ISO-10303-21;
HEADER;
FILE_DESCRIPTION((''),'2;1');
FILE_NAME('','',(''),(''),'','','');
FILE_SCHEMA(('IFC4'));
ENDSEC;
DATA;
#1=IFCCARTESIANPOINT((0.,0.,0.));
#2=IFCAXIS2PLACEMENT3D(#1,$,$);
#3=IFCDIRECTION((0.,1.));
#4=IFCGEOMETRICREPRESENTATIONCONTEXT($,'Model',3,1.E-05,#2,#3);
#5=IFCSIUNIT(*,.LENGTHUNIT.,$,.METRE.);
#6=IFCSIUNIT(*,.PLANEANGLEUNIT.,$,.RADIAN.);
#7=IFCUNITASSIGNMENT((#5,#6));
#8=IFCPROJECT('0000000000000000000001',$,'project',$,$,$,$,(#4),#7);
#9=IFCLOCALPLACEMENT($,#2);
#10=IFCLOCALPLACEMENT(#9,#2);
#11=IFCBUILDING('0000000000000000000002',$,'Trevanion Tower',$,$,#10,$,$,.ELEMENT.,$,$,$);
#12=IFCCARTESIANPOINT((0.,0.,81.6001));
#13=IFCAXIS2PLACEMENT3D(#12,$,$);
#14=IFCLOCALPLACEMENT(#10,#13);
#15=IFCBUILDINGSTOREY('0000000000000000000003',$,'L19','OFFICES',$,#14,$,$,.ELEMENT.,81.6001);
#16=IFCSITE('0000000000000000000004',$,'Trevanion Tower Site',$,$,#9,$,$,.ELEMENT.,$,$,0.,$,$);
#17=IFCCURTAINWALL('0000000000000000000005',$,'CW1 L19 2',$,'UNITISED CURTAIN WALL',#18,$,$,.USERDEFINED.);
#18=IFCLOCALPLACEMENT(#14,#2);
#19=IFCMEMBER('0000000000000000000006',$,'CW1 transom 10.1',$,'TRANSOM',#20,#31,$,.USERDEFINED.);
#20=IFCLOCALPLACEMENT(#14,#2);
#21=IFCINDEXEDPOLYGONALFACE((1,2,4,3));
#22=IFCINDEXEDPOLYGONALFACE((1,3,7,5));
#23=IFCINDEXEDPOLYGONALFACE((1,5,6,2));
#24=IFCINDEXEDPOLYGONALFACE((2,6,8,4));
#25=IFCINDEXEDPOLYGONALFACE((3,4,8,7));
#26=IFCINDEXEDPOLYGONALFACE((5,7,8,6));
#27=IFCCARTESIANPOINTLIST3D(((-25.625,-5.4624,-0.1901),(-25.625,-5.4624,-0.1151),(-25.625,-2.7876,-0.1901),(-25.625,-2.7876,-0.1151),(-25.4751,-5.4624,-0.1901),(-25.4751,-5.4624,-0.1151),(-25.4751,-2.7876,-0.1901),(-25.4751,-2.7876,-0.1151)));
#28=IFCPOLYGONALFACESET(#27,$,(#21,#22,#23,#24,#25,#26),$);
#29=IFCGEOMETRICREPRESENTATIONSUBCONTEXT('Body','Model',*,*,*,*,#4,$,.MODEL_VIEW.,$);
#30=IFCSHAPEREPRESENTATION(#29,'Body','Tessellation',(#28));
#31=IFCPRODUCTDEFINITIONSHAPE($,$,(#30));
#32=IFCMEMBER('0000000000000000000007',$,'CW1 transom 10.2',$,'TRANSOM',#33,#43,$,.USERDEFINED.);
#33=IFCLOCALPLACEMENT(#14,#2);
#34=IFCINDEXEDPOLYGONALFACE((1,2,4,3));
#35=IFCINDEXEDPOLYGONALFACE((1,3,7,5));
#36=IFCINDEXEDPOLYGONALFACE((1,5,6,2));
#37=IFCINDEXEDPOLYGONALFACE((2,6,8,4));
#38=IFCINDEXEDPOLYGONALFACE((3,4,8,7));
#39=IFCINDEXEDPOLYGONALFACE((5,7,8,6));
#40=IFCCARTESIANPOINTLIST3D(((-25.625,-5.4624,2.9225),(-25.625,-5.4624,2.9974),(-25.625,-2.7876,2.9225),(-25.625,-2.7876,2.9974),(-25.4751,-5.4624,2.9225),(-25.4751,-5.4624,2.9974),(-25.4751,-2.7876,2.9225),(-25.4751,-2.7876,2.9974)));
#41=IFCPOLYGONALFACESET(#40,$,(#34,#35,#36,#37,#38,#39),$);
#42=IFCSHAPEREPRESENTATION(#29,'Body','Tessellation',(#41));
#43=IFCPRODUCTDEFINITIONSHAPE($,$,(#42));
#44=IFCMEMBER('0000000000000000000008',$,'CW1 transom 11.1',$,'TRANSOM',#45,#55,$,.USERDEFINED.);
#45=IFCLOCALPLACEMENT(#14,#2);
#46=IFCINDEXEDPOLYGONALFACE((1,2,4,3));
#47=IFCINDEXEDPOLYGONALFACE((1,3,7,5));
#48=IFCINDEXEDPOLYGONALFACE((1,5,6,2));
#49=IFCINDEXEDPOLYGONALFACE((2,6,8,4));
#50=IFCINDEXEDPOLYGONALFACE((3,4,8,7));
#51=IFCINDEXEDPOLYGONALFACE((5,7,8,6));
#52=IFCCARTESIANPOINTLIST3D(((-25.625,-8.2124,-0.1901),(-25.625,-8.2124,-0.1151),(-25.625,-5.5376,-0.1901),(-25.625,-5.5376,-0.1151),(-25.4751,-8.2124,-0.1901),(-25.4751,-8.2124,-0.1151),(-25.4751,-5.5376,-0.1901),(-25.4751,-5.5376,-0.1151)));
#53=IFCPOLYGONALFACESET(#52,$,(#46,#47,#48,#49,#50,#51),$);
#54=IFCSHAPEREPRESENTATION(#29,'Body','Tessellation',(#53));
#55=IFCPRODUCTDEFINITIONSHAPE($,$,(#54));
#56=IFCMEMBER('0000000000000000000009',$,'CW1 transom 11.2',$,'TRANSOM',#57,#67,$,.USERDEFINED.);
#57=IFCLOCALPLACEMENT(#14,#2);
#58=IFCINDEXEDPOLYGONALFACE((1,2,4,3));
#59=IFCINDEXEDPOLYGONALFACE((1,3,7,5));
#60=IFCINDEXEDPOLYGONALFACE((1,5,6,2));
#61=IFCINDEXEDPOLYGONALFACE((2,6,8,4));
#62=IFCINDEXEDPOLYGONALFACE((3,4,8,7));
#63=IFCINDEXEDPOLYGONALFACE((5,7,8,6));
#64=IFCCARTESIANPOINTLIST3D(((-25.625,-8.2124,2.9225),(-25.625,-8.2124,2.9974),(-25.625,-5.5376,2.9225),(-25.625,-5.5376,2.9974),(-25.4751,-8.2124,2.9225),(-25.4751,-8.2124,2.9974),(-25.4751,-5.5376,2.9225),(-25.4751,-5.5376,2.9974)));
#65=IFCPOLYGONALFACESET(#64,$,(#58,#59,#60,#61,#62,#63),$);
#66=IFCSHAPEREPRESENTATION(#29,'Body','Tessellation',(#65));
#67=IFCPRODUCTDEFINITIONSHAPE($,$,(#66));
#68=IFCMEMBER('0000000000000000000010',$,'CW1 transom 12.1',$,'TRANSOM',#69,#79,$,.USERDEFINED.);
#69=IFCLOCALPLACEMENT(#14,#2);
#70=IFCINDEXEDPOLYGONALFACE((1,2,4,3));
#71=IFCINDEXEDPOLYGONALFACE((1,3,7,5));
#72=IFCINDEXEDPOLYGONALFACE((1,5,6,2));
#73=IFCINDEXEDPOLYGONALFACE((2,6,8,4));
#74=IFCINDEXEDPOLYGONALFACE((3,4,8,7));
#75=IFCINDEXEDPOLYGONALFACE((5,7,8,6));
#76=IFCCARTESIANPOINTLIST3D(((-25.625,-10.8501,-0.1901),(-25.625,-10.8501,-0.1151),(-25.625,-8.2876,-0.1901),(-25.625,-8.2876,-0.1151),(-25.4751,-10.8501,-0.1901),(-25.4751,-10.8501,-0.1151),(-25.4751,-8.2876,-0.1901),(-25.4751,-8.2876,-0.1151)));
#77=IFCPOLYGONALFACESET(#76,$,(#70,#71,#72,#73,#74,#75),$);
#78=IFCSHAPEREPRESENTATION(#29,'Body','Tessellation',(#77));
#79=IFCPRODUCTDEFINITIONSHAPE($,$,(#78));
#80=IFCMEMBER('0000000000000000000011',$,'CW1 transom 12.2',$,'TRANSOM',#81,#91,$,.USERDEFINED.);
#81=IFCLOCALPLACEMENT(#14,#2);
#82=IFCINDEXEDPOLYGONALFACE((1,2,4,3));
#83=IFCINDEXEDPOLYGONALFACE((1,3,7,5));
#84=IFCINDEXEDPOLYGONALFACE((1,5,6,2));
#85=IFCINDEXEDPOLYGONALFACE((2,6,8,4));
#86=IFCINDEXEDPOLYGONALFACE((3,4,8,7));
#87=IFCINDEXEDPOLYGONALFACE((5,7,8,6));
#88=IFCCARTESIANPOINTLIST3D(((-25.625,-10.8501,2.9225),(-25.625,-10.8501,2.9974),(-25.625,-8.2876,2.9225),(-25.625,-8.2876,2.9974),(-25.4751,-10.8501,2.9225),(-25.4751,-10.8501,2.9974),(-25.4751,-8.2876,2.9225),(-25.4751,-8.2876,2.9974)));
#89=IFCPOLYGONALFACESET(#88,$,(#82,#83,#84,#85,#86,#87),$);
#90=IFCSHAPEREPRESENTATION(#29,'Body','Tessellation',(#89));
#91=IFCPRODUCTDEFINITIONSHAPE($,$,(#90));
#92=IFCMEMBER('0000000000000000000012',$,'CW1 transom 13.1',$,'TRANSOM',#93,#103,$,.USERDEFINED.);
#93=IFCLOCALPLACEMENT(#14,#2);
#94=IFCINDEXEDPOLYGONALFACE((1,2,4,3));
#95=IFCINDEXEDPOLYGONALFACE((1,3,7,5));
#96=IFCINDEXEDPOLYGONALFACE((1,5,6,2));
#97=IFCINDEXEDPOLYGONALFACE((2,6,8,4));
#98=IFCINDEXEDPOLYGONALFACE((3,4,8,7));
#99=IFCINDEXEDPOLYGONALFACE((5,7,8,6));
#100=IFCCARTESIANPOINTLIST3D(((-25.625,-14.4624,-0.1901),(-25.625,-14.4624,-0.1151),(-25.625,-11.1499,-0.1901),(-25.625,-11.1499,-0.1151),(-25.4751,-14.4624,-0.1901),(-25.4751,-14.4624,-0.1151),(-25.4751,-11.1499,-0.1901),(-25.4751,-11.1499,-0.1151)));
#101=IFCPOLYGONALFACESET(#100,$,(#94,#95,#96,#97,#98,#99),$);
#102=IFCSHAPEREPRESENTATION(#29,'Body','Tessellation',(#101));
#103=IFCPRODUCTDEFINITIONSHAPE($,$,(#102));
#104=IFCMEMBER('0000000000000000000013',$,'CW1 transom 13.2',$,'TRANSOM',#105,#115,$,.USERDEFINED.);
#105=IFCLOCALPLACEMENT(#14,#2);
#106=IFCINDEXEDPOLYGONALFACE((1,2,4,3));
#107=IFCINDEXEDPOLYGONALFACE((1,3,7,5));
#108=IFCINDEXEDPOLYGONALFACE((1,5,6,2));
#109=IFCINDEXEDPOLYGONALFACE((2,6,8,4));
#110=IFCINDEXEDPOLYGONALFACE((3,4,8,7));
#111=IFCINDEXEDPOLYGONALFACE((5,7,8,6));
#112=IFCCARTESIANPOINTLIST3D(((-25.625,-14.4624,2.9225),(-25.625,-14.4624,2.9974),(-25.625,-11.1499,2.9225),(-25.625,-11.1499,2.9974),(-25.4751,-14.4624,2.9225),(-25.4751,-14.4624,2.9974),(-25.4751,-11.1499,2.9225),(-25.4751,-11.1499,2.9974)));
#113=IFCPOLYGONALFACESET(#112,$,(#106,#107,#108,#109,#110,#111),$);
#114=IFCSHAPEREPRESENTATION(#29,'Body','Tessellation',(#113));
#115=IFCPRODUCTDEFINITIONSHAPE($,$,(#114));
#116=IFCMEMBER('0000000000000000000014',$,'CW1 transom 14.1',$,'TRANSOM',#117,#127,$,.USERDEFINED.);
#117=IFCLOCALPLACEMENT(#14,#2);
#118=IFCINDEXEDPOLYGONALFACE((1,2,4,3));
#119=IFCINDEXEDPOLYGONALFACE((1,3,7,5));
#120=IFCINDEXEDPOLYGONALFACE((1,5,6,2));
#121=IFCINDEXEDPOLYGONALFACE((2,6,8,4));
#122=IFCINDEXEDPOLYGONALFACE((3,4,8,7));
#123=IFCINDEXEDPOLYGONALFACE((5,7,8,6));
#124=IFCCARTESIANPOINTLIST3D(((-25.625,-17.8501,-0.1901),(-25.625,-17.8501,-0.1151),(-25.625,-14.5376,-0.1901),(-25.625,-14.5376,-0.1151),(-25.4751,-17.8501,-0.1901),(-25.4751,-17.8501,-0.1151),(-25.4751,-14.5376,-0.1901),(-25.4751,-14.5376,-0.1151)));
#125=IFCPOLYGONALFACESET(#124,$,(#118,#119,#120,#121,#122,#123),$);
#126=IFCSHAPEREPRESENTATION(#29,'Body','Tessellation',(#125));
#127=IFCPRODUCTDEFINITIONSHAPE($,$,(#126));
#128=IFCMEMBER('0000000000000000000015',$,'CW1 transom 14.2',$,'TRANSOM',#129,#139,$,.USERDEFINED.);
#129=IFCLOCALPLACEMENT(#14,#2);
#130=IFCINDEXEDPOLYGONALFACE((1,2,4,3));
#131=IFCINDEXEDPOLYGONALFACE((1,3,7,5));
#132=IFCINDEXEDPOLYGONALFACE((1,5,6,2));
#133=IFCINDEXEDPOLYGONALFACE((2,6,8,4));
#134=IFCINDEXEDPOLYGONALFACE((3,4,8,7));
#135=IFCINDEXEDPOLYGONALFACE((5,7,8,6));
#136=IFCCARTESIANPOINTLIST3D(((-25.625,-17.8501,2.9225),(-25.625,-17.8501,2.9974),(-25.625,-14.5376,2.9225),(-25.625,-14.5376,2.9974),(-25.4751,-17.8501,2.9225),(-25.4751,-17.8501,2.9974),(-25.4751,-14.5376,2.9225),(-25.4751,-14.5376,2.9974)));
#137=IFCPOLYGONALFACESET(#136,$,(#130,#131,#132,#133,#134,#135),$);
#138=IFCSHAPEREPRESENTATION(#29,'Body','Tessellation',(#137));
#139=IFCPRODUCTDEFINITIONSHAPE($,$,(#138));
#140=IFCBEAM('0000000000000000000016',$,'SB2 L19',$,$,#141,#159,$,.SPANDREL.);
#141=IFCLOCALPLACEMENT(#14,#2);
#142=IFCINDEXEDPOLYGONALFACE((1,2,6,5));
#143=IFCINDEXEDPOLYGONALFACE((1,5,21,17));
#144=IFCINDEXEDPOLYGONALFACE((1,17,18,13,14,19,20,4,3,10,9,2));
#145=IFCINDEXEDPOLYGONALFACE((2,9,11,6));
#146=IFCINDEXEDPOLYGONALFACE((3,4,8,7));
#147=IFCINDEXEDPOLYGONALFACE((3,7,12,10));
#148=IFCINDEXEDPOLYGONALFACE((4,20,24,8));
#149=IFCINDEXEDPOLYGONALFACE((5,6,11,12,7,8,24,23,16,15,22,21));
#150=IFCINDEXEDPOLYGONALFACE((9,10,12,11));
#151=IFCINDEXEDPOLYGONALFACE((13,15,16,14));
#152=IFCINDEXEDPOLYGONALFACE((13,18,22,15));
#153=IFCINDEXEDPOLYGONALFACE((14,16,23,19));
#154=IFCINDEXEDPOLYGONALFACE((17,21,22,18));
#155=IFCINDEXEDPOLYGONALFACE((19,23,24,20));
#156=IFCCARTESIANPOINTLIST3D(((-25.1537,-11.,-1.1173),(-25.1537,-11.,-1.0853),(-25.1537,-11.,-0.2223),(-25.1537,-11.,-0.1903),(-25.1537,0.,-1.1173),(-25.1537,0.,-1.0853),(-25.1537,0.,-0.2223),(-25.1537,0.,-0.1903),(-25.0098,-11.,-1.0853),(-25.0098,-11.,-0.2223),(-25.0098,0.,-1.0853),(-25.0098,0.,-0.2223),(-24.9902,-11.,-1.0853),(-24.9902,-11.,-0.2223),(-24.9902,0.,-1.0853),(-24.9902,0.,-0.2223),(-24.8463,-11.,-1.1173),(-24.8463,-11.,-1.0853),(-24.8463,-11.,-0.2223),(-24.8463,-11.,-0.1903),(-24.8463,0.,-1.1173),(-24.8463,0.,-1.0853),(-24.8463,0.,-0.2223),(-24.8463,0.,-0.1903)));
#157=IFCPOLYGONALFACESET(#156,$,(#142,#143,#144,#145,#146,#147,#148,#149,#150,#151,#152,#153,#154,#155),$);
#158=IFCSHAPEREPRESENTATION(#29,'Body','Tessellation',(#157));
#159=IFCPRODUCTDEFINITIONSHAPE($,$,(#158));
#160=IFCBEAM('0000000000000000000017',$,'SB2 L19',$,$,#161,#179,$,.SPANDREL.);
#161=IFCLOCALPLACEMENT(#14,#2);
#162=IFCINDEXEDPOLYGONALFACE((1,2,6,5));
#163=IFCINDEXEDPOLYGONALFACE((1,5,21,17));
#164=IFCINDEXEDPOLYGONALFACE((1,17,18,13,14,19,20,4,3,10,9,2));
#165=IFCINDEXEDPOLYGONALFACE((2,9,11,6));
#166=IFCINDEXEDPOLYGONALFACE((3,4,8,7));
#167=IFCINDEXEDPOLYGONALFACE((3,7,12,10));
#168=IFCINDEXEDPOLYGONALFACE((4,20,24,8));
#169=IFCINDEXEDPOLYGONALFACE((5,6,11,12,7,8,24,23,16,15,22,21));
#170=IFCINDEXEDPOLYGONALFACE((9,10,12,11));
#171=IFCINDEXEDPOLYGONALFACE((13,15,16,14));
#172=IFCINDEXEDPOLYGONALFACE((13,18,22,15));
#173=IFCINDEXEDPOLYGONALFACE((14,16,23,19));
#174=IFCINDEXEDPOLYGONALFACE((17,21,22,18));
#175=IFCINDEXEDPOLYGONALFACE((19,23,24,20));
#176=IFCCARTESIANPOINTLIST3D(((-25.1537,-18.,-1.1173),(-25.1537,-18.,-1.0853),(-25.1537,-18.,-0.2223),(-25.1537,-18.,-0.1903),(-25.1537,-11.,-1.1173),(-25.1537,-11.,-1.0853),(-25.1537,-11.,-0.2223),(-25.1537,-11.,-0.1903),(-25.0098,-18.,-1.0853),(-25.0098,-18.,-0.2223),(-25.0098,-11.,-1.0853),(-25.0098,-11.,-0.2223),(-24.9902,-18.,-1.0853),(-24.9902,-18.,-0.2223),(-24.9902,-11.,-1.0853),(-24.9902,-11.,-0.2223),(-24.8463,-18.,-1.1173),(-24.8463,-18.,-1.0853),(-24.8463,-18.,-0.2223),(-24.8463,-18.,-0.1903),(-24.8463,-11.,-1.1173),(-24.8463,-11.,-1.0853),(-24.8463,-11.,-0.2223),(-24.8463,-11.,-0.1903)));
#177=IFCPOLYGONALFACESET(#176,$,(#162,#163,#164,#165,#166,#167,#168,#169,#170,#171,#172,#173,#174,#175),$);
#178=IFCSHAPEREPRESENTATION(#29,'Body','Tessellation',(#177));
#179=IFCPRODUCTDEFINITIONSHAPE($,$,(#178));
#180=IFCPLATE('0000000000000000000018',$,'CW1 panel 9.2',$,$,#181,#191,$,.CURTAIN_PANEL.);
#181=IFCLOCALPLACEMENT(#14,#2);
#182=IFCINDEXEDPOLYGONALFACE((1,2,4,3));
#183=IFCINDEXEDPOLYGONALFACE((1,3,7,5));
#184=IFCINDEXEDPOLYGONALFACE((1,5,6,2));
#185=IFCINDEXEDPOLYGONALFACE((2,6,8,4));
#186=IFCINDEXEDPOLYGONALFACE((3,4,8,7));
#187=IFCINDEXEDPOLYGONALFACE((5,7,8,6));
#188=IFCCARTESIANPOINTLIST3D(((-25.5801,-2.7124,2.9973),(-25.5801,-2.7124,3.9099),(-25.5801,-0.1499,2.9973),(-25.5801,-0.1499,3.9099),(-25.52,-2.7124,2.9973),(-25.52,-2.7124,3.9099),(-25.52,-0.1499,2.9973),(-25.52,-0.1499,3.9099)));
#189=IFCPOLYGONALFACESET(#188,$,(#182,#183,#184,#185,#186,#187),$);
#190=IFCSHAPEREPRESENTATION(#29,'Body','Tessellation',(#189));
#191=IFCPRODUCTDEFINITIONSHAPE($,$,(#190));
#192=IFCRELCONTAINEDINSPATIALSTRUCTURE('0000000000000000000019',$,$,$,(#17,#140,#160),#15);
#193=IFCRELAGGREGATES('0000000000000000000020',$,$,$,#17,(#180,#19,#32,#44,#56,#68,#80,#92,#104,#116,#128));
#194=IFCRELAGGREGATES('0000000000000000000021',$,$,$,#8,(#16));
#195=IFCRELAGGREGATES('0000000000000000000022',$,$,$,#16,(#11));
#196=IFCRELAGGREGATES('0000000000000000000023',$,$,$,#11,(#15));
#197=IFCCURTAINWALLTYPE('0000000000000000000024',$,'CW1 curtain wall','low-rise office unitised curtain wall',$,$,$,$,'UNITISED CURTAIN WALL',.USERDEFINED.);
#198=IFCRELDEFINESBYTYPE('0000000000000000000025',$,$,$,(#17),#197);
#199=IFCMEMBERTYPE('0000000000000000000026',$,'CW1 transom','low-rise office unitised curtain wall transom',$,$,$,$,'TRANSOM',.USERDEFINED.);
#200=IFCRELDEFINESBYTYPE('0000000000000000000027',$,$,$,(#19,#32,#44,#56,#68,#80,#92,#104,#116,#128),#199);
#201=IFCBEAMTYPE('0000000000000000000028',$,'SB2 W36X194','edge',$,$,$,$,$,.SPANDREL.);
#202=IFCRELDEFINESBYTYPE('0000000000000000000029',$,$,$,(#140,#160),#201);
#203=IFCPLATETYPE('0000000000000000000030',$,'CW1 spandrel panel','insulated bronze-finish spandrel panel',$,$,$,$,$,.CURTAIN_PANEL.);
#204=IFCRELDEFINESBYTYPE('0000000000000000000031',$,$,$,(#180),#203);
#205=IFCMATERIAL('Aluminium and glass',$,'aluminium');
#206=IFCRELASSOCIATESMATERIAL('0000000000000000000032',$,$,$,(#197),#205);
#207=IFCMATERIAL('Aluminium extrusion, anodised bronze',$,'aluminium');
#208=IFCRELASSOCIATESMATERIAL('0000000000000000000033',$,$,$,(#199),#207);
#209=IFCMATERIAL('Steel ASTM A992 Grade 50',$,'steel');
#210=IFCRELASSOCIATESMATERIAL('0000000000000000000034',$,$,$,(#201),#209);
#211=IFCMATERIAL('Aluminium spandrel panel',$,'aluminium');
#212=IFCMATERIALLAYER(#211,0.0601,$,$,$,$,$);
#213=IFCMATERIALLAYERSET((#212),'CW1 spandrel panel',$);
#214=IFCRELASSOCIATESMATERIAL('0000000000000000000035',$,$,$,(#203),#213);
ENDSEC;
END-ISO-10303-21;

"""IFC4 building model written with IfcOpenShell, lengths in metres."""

from ifc_helpers import new_model, si_unit, direction, frame, origin, origin_2d, place, context, subcontext, project, spatial, rectangle, i_section, extrude, material, layer, layer_set, material_profile, profile_set, type_object, element, aggregate, save


model = new_model("IFC4")

# Units and contexts
model_context = context("Model", 3, precision=1e-05, world=origin(), true_north=direction((0.0, 1.0)))
body_context = subcontext(model_context, "Body", "Model", "MODEL_VIEW")
ifc_project = project(units=[si_unit("LENGTHUNIT", "METRE"), si_unit("PLANEANGLEUNIT", "RADIAN")], contexts=[model_context])

# Site, building, storey
site_placement = place(None, origin())
site = spatial("IfcSite", under=ifc_project, at=site_placement, Name="Trevanion Tower Site", CompositionType="ELEMENT", RefElevation=0.0)
building_placement = place(site_placement, origin())
building = spatial("IfcBuilding", under=site, at=building_placement, Name="Trevanion Tower", CompositionType="ELEMENT")
storey_placement = place(building_placement, frame((0.0, 0.0, 81.6001)))
storey = spatial("IfcBuildingStorey", under=building, at=storey_placement, Name="L19", Description="OFFICES", CompositionType="ELEMENT", Elevation=81.6001)

# Curtain wall, members
ifc_material_1 = material(Name="Aluminium and glass", Category="aluminium")
curtain_wall_type = type_object("IfcCurtainWallType", Name="CW1 curtain wall", Description="low-rise office unitised curtain wall", ElementType="UNITISED CURTAIN WALL", PredefinedType="USERDEFINED", material=ifc_material_1)
curtain_wall_placement = place(storey_placement, origin())
curtain_wall = element("IfcCurtainWall", 1, at=curtain_wall_placement, inside=storey, type_object=curtain_wall_type, Name="CW1 L19 2", ObjectType="UNITISED CURTAIN WALL", PredefinedType="USERDEFINED")
ifc_material_2 = material(Name="Aluminium extrusion, anodised bronze", Category="aluminium")
ifc_material_profile_1 = material_profile(ifc_material_2, rectangle(XDim=0.1499, YDim=0.075, at=origin_2d()), Name="CW1 transom")
ifc_profile_set_1 = profile_set([ifc_material_profile_1], Name="Aluminium extrusion, anodised bronze")
member_type_1 = type_object("IfcMemberType", Name="CW1 transom", Description="low-rise office unitised curtain wall transom", ElementType="TRANSOM", PredefinedType="USERDEFINED", material=ifc_profile_set_1)
member_1_placement = place(storey_placement, frame((-25.55, -2.7876, -0.1526), z_axis=(0.0, -1.0, 0.0), x_axis=(1.0, 0.0, 0.0)))
member_1 = element("IfcMember", 2, at=member_1_placement, type_object=member_type_1, Name="CW1 transom 10.1", ObjectType="TRANSOM", PredefinedType="USERDEFINED", context=body_context, shape_type="SweptSolid", body=[
    extrude(rectangle(XDim=0.1499, YDim=0.075, at=origin_2d()), origin(), (0.0, 0.0, 1.0), 2.6748),
])
member_2_placement = place(storey_placement, frame((-25.55, -2.7876, 2.96), z_axis=(0.0, -1.0, 0.0), x_axis=(1.0, 0.0, 0.0)))
member_2 = element("IfcMember", 3, at=member_2_placement, type_object=member_type_1, Name="CW1 transom 10.2", ObjectType="TRANSOM", PredefinedType="USERDEFINED", context=body_context, shape_type="SweptSolid", body=[
    extrude(rectangle(XDim=0.1499, YDim=0.075, at=origin_2d()), origin(), (0.0, 0.0, 1.0), 2.6748),
])
member_3_placement = place(storey_placement, frame((-25.55, -5.5376, -0.1526), z_axis=(0.0, -1.0, 0.0), x_axis=(1.0, 0.0, 0.0)))
member_3 = element("IfcMember", 4, at=member_3_placement, type_object=member_type_1, Name="CW1 transom 11.1", ObjectType="TRANSOM", PredefinedType="USERDEFINED", context=body_context, shape_type="SweptSolid", body=[
    extrude(rectangle(XDim=0.1499, YDim=0.075, at=origin_2d()), origin(), (0.0, 0.0, 1.0), 2.6748),
])
member_4_placement = place(storey_placement, frame((-25.55, -5.5376, 2.96), z_axis=(0.0, -1.0, 0.0), x_axis=(1.0, 0.0, 0.0)))
member_4 = element("IfcMember", 5, at=member_4_placement, type_object=member_type_1, Name="CW1 transom 11.2", ObjectType="TRANSOM", PredefinedType="USERDEFINED", context=body_context, shape_type="SweptSolid", body=[
    extrude(rectangle(XDim=0.1499, YDim=0.075, at=origin_2d()), origin(), (0.0, 0.0, 1.0), 2.6748),
])
member_5_placement = place(storey_placement, frame((-25.55, -8.2876, -0.1526), z_axis=(0.0, -1.0, 0.0), x_axis=(1.0, 0.0, 0.0)))
member_5 = element("IfcMember", 6, at=member_5_placement, type_object=member_type_1, Name="CW1 transom 12.1", ObjectType="TRANSOM", PredefinedType="USERDEFINED", context=body_context, shape_type="SweptSolid", body=[
    extrude(rectangle(XDim=0.1499, YDim=0.075, at=origin_2d()), origin(), (0.0, 0.0, 1.0), 2.5625),
])
member_6_placement = place(storey_placement, frame((-25.55, -8.2876, 2.96), z_axis=(0.0, -1.0, 0.0), x_axis=(1.0, 0.0, 0.0)))
member_6 = element("IfcMember", 7, at=member_6_placement, type_object=member_type_1, Name="CW1 transom 12.2", ObjectType="TRANSOM", PredefinedType="USERDEFINED", context=body_context, shape_type="SweptSolid", body=[
    extrude(rectangle(XDim=0.1499, YDim=0.075, at=origin_2d()), origin(), (0.0, 0.0, 1.0), 2.5625),
])
member_7_placement = place(storey_placement, frame((-25.55, -11.1499, -0.1526), z_axis=(0.0, -1.0, 0.0), x_axis=(1.0, 0.0, 0.0)))
member_7 = element("IfcMember", 8, at=member_7_placement, type_object=member_type_1, Name="CW1 transom 13.1", ObjectType="TRANSOM", PredefinedType="USERDEFINED", context=body_context, shape_type="SweptSolid", body=[
    extrude(rectangle(XDim=0.1499, YDim=0.075, at=origin_2d()), origin(), (0.0, 0.0, 1.0), 3.3125),
])
member_8_placement = place(storey_placement, frame((-25.55, -11.1499, 2.96), z_axis=(0.0, -1.0, 0.0), x_axis=(1.0, 0.0, 0.0)))
member_8 = element("IfcMember", 9, at=member_8_placement, type_object=member_type_1, Name="CW1 transom 13.2", ObjectType="TRANSOM", PredefinedType="USERDEFINED", context=body_context, shape_type="SweptSolid", body=[
    extrude(rectangle(XDim=0.1499, YDim=0.075, at=origin_2d()), origin(), (0.0, 0.0, 1.0), 3.3125),
])
member_9_placement = place(storey_placement, frame((-25.55, -14.5376, -0.1526), z_axis=(0.0, -1.0, 0.0), x_axis=(1.0, 0.0, 0.0)))
member_9 = element("IfcMember", 10, at=member_9_placement, type_object=member_type_1, Name="CW1 transom 14.1", ObjectType="TRANSOM", PredefinedType="USERDEFINED", context=body_context, shape_type="SweptSolid", body=[
    extrude(rectangle(XDim=0.1499, YDim=0.075, at=origin_2d()), origin(), (0.0, 0.0, 1.0), 3.3125),
])
member_10_placement = place(storey_placement, frame((-25.55, -14.5376, 2.96), z_axis=(0.0, -1.0, 0.0), x_axis=(1.0, 0.0, 0.0)))
member_10 = element("IfcMember", 11, at=member_10_placement, type_object=member_type_1, Name="CW1 transom 14.2", ObjectType="TRANSOM", PredefinedType="USERDEFINED", context=body_context, shape_type="SweptSolid", body=[
    extrude(rectangle(XDim=0.1499, YDim=0.075, at=origin_2d()), origin(), (0.0, 0.0, 1.0), 3.3125),
])

# Beams
ifc_material_3 = material(Name="Steel ASTM A992 Grade 50", Category="steel")
ifc_material_profile_2 = material_profile(ifc_material_3, i_section(OverallWidth=0.3074, OverallDepth=0.927, WebThickness=0.0195, FlangeThickness=0.032, at=origin_2d()), Name="W36X194")
ifc_profile_set_2 = profile_set([ifc_material_profile_2], Name="Steel ASTM A992 Grade 50")
beam_type_1 = type_object("IfcBeamType", Name="SB2 W36X194", Description="edge", PredefinedType="SPANDREL", material=ifc_profile_set_2)
beam_1_placement = place(storey_placement, frame((-25.0, 0.0, -0.6538), z_axis=(0.0, -1.0, 0.0), x_axis=(1.0, 0.0, 0.0)))
element("IfcBeam", 12, at=beam_1_placement, inside=storey, type_object=beam_type_1, Name="SB2 L19", PredefinedType="SPANDREL", context=body_context, shape_type="SweptSolid", body=[
    extrude(i_section(OverallWidth=0.3074, OverallDepth=0.927, WebThickness=0.0195, FlangeThickness=0.032, at=origin_2d()), origin(), (0.0, 0.0, 1.0), 11.0),
])
beam_2_placement = place(storey_placement, frame((-25.0, -11.0, -0.6538), z_axis=(0.0, -1.0, 0.0), x_axis=(1.0, 0.0, 0.0)))
element("IfcBeam", 13, at=beam_2_placement, inside=storey, type_object=beam_type_1, Name="SB2 L19", PredefinedType="SPANDREL", context=body_context, shape_type="SweptSolid", body=[
    extrude(i_section(OverallWidth=0.3074, OverallDepth=0.927, WebThickness=0.0195, FlangeThickness=0.032, at=origin_2d()), origin(), (0.0, 0.0, 1.0), 7.0),
])

# Plate
ifc_material_4 = material(Name="Aluminium spandrel panel", Category="aluminium")
ifc_layer_1 = layer(ifc_material_4, 0.0601)
ifc_layer_set_1 = layer_set([ifc_layer_1], Name="CW1 spandrel panel")
plate_type_1 = type_object("IfcPlateType", Name="CW1 spandrel panel", Description="insulated bronze-finish spandrel panel", PredefinedType="CURTAIN_PANEL", material=ifc_layer_set_1)
plate_1_placement = place(storey_placement, frame((-25.55, -1.4312, 2.9973), z_axis=(0.0, 0.0, 1.0), x_axis=(0.0, -1.0, 0.0)))
plate_1 = element("IfcPlate", 14, at=plate_1_placement, type_object=plate_type_1, Name="CW1 panel 9.2", PredefinedType="CURTAIN_PANEL", context=body_context, shape_type="SweptSolid", body=[
    extrude(rectangle(XDim=2.5625, YDim=0.0601, at=origin_2d()), origin(), (0.0, 0.0, 1.0), 0.9126),
])
aggregate(curtain_wall, [plate_1, member_1, member_2, member_3, member_4, member_5, member_6, member_7, member_8, member_9, member_10])

save(model, "model.ifc")
